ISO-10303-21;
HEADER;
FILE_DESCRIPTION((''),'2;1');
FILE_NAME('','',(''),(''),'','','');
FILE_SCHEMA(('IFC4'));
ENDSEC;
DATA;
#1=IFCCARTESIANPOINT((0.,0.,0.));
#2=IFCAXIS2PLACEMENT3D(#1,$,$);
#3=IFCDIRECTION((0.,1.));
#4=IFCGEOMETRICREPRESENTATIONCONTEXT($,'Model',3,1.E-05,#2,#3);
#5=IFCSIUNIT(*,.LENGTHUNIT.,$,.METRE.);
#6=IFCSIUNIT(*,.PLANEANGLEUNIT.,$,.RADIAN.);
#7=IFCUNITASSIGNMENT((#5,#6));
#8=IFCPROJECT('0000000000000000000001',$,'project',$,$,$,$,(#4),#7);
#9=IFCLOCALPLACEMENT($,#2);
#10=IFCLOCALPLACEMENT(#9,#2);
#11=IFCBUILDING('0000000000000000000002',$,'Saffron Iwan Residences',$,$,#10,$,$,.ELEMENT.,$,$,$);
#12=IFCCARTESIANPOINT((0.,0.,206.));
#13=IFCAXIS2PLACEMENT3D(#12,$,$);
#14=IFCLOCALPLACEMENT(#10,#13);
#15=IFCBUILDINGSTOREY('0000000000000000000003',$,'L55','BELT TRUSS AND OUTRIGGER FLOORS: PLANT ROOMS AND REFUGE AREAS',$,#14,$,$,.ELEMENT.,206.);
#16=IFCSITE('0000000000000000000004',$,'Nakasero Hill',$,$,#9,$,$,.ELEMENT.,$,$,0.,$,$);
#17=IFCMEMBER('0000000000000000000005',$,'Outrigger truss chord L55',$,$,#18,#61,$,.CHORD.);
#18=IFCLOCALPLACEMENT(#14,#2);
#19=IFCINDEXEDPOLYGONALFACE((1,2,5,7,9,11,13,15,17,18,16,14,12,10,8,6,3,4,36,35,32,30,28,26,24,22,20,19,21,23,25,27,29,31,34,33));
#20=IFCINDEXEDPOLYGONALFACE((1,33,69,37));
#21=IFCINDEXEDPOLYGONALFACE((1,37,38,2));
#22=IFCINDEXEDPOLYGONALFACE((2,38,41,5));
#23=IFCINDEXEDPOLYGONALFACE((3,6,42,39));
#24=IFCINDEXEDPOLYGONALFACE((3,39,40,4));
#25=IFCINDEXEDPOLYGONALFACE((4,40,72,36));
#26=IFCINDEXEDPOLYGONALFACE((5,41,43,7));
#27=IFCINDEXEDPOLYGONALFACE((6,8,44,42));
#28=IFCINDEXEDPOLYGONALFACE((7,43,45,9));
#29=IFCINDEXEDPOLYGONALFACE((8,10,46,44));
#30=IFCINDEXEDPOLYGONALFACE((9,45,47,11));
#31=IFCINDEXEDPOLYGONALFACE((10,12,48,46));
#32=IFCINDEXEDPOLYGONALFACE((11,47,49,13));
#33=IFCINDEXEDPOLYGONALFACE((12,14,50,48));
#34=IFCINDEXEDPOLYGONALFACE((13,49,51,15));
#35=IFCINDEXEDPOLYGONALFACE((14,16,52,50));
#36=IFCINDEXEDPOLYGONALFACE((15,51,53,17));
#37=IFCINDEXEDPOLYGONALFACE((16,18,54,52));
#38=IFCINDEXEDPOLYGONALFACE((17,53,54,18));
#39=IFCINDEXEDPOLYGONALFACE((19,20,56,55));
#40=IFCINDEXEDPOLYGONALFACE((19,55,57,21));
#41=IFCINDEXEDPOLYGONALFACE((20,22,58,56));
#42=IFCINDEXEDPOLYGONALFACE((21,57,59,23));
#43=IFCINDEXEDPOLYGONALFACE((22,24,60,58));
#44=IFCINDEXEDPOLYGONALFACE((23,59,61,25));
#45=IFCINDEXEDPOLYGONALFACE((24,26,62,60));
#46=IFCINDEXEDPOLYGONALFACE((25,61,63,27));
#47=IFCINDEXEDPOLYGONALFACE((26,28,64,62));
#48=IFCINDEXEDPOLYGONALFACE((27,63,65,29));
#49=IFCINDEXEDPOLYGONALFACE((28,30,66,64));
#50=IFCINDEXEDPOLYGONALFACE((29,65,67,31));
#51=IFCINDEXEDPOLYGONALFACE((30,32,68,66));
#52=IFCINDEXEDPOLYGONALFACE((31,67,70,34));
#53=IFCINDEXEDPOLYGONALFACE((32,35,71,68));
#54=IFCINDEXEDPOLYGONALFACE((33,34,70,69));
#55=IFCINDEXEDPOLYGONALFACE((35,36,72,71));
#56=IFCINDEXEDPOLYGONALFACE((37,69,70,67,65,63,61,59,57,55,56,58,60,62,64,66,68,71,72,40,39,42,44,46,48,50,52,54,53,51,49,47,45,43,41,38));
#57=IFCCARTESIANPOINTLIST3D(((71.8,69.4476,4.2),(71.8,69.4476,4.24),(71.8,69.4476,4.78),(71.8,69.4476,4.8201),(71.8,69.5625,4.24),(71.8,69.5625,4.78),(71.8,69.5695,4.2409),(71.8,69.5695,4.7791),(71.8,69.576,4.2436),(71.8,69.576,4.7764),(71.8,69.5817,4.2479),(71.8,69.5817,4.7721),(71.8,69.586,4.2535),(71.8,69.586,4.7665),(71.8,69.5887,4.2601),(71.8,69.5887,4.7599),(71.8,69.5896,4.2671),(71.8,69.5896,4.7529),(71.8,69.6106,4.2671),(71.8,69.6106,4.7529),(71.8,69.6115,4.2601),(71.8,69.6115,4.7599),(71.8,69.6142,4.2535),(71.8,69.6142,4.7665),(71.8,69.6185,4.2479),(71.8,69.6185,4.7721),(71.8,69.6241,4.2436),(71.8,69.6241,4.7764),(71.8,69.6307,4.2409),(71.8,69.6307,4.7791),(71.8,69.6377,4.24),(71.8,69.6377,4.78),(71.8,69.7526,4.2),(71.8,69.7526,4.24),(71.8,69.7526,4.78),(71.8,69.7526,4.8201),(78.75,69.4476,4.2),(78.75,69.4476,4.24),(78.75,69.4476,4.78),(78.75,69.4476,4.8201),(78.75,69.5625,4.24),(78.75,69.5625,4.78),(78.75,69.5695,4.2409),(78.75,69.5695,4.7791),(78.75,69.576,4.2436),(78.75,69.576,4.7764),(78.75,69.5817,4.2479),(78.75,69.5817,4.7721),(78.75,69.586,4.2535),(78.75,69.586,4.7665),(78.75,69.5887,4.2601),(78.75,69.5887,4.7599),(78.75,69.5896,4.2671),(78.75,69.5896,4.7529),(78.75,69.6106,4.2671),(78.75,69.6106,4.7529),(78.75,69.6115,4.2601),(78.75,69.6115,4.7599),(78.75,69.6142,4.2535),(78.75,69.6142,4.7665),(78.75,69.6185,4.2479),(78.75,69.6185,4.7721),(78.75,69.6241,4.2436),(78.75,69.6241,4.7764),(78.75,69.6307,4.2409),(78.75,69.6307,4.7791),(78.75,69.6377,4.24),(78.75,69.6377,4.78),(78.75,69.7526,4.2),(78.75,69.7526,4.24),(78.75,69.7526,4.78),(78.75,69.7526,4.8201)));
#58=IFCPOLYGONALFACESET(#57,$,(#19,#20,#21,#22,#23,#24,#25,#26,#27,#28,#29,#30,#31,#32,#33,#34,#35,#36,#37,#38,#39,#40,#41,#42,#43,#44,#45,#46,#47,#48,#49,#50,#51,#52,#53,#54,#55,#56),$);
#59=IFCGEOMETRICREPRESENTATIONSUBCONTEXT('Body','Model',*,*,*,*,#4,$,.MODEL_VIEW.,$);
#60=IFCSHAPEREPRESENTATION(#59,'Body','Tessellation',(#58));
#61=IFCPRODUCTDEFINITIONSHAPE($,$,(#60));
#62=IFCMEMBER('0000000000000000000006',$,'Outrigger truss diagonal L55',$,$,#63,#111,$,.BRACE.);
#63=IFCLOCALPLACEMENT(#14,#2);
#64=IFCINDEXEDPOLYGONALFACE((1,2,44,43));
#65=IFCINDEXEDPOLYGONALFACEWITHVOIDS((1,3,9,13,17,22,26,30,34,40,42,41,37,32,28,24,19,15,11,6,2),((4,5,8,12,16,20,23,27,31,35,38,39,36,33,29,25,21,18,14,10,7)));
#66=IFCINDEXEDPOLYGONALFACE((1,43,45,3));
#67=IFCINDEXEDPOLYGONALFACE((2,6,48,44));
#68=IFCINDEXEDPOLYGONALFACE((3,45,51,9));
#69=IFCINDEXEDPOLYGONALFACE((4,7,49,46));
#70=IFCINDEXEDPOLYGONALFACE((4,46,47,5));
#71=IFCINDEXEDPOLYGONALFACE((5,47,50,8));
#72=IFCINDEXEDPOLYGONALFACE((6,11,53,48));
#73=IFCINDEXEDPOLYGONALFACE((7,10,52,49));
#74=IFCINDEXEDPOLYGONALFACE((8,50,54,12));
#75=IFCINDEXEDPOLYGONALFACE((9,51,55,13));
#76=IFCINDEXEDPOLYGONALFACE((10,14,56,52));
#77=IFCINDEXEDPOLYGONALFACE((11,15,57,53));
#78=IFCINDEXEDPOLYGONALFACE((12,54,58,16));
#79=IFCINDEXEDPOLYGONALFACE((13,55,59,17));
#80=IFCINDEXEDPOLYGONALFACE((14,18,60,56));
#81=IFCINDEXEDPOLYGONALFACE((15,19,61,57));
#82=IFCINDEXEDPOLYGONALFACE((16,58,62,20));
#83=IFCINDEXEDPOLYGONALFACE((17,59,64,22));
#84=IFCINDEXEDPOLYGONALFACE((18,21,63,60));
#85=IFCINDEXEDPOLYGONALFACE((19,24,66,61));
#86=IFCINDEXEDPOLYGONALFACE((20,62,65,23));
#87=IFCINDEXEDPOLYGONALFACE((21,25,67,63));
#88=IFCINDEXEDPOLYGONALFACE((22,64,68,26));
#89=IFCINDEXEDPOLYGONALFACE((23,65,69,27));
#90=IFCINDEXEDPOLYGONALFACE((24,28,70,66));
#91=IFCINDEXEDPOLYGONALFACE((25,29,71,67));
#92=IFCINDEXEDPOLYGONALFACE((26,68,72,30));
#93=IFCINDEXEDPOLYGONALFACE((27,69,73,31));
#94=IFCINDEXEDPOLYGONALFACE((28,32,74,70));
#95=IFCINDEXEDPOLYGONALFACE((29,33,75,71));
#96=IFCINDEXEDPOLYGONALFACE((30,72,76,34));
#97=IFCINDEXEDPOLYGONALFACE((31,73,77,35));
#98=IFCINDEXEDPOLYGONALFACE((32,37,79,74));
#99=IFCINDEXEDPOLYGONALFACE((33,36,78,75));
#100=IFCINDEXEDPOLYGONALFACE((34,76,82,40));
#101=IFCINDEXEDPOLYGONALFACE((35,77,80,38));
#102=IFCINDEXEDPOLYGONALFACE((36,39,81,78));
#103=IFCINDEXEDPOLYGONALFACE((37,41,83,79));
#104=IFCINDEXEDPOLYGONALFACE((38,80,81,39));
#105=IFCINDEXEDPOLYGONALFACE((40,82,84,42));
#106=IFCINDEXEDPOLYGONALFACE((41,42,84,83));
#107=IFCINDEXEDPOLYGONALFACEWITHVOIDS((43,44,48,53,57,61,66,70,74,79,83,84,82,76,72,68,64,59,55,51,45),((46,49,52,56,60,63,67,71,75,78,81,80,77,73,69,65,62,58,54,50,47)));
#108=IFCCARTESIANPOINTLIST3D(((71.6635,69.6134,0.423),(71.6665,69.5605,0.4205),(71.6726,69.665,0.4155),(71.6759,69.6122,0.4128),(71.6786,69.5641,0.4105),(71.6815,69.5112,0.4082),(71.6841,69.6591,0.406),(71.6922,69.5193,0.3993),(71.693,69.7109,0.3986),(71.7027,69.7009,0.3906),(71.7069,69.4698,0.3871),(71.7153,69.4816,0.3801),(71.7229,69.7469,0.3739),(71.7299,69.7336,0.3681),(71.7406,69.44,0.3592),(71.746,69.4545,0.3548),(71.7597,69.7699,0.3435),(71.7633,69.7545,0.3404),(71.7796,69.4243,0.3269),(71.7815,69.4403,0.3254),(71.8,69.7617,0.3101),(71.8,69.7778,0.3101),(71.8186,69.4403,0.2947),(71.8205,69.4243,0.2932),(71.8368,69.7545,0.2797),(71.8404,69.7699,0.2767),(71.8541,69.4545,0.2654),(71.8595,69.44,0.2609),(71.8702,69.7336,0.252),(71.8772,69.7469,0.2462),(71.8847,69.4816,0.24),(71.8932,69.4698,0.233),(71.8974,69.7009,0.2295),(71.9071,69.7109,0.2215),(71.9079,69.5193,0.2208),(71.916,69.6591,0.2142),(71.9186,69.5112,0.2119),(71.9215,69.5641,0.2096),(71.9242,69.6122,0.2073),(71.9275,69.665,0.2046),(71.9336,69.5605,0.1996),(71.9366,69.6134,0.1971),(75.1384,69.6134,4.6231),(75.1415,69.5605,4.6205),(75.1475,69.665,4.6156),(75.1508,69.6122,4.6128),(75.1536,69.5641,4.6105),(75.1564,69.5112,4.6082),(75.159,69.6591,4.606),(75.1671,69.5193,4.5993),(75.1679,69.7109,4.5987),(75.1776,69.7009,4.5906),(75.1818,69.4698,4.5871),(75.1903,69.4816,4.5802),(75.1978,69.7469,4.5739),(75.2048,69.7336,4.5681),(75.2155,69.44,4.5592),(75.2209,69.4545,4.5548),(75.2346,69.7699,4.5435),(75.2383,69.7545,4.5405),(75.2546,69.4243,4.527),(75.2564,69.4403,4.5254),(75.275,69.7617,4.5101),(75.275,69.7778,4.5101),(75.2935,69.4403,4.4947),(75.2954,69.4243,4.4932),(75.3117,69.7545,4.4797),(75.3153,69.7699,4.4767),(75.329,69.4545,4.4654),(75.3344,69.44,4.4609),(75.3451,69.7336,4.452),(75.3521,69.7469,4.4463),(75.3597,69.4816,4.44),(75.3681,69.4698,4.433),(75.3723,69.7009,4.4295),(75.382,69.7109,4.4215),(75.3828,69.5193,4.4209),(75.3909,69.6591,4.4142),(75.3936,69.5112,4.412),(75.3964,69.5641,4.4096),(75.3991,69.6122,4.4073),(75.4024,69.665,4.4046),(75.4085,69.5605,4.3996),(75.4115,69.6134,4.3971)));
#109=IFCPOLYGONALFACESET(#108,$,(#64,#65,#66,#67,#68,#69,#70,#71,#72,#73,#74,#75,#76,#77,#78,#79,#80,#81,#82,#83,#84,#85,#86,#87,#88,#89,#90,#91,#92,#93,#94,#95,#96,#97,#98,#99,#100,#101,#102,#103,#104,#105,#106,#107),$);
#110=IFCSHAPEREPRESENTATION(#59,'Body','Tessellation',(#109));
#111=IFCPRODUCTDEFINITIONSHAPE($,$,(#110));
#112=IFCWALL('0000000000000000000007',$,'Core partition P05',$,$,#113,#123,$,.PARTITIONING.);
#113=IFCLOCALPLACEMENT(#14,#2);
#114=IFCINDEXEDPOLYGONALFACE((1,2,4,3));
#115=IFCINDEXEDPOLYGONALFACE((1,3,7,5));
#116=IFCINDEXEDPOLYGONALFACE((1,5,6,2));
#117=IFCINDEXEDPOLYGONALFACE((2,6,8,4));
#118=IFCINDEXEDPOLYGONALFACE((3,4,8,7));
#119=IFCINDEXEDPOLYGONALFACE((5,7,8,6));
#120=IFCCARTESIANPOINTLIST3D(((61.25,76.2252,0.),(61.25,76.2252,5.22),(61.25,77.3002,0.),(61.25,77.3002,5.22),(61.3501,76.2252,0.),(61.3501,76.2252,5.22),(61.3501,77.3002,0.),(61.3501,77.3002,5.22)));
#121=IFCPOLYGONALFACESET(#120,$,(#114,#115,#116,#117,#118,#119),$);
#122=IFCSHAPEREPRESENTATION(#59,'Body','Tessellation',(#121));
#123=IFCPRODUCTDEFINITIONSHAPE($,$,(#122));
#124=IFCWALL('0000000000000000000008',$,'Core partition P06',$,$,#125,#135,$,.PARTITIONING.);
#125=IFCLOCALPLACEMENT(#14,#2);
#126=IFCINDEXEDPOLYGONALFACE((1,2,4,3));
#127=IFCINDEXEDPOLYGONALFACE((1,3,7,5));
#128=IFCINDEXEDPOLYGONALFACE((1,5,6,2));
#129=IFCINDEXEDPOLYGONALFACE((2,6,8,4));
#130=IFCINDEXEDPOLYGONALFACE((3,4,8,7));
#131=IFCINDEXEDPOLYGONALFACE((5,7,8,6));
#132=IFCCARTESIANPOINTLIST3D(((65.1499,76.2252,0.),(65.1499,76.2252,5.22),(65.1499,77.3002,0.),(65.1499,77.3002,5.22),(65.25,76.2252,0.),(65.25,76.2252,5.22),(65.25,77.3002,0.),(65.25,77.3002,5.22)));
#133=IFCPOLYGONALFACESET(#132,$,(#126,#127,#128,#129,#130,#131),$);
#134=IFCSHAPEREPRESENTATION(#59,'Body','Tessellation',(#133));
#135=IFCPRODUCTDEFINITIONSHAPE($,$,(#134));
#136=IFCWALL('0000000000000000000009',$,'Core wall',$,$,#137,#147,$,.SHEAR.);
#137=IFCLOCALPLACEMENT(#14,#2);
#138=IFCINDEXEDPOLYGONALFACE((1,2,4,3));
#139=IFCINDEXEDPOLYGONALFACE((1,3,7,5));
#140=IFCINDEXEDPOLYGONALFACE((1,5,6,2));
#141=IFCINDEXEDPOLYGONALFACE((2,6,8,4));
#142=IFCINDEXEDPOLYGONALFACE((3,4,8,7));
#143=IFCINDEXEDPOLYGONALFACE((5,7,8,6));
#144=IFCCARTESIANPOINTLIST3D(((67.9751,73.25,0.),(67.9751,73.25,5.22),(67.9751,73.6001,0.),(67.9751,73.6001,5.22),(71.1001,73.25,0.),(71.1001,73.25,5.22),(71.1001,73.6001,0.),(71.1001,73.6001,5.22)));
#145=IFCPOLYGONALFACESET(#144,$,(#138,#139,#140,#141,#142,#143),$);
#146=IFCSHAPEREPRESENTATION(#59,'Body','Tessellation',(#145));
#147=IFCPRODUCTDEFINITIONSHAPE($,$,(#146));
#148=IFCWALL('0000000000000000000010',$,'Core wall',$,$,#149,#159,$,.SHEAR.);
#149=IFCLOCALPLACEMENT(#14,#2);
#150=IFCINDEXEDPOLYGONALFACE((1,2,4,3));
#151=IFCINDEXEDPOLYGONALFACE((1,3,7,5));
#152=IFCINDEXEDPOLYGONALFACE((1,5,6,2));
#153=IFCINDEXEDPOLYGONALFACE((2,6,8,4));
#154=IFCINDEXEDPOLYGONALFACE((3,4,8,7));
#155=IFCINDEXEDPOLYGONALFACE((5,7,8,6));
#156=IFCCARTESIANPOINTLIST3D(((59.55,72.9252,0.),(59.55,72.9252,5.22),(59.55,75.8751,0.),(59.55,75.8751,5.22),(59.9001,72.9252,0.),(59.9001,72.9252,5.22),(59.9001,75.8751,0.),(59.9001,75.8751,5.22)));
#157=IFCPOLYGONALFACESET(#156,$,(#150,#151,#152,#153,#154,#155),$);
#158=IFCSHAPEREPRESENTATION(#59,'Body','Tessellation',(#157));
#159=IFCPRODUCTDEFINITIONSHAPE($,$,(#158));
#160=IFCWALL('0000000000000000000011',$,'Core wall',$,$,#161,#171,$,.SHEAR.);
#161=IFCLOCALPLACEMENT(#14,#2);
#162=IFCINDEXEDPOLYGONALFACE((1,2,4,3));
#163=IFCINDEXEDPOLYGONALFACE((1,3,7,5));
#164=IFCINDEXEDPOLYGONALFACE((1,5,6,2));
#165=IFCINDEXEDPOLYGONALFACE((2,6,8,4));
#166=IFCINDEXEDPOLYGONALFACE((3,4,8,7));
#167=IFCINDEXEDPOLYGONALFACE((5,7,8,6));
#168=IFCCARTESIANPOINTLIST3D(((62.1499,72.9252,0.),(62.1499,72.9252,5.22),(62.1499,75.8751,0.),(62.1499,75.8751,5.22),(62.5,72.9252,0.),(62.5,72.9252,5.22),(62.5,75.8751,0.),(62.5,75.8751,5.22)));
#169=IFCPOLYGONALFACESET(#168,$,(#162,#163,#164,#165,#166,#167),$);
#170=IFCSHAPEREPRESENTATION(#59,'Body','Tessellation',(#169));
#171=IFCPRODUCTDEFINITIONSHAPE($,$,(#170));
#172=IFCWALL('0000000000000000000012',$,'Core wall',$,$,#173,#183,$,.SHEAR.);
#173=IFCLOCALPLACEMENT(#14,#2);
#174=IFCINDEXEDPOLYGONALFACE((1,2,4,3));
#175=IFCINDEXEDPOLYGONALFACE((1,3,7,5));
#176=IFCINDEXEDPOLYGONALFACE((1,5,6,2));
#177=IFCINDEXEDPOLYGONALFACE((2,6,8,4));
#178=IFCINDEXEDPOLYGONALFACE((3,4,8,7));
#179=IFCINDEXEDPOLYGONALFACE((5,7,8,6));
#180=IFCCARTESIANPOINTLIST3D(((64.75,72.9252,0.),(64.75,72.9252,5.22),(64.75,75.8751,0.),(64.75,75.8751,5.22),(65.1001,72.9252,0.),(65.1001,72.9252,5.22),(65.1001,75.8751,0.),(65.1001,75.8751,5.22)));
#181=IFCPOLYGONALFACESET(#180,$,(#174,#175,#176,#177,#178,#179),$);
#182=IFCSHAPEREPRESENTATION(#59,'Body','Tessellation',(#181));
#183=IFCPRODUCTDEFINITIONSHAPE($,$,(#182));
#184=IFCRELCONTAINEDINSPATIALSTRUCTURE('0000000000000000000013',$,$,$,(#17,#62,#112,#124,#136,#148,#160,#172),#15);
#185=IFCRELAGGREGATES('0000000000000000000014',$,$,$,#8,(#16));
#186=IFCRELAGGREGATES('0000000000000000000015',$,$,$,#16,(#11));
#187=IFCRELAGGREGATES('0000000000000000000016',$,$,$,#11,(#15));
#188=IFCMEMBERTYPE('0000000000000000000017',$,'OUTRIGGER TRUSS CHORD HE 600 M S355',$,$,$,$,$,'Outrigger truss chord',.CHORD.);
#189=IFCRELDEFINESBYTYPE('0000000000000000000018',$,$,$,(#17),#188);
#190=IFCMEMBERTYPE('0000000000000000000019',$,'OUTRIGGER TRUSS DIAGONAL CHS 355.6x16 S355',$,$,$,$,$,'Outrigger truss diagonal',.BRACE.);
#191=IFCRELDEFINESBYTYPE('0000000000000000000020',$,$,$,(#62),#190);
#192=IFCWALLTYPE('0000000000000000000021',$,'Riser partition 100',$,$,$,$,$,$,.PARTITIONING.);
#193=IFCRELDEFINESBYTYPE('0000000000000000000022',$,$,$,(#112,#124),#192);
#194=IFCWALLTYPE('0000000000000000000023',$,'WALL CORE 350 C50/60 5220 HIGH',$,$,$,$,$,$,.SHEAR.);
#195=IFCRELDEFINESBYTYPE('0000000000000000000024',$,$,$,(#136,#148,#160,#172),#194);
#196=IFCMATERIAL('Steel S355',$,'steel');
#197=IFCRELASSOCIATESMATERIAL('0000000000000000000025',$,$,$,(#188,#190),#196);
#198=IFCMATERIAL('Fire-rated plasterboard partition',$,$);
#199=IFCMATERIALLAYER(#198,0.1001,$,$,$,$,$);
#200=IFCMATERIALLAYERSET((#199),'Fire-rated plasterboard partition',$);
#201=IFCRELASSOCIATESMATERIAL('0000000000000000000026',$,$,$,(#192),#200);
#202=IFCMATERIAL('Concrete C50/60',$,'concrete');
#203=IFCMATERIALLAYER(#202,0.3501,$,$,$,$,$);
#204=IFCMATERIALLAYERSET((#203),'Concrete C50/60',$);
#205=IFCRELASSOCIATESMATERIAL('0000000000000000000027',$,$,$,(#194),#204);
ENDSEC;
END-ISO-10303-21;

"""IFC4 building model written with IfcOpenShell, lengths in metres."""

from ifc_helpers import new_model, si_unit, direction, frame, frame_2d, origin, origin_2d, place, context, subcontext, project, spatial, rectangle, hollow_circle, i_section, extrude, source, transform, mapped, material, layer, layer_set, material_profile, profile_set, type_object, element, save


model = new_model("IFC4")

# Units and contexts
model_context = context("Model", 3, precision=1e-05, world=origin(), true_north=direction((0.0, 1.0)))
body_context = subcontext(model_context, "Body", "Model", "MODEL_VIEW")
ifc_project = project(units=[si_unit("LENGTHUNIT", "METRE"), si_unit("PLANEANGLEUNIT", "RADIAN")], contexts=[model_context])

# Site, building, storey
site_placement = place(None, origin())
site = spatial("IfcSite", under=ifc_project, at=site_placement, Name="Nakasero Hill", CompositionType="ELEMENT", RefElevation=0.0)
building_placement = place(site_placement, origin())
building = spatial("IfcBuilding", under=site, at=building_placement, Name="Saffron Iwan Residences", CompositionType="ELEMENT")
storey_placement = place(building_placement, frame((0.0, 0.0, 206.0)))
storey = spatial("IfcBuildingStorey", under=building, at=storey_placement, Name="L55", Description="BELT TRUSS AND OUTRIGGER FLOORS: PLANT ROOMS AND REFUGE AREAS", CompositionType="ELEMENT", Elevation=206.0)

# Shared definitions
ifc_material_1 = material(Name="Concrete C50/60", Category="concrete")

# Members
ifc_material_2 = material(Name="Steel S355", Category="steel")
ifc_material_profile_1 = material_profile(ifc_material_2, i_section(OverallWidth=0.3049, OverallDepth=0.6201, WebThickness=0.021, FlangeThickness=0.04, FilletRadius=0.0271, at=origin_2d()), Name="HE 600 M")
ifc_profile_set_1 = profile_set([ifc_material_profile_1], Name="Steel S355")
member_type_1 = type_object("IfcMemberType", Name="OUTRIGGER TRUSS CHORD HE 600 M S355", ElementType="Outrigger truss chord", PredefinedType="CHORD", material=ifc_profile_set_1)
shared_shape_1 = source(origin(), body_context, "Body", "SweptSolid", [
    extrude(i_section(OverallWidth=0.3049, OverallDepth=0.6201, WebThickness=0.021, FlangeThickness=0.04, FilletRadius=0.0271, at=origin_2d()), origin(), (0.0, 0.0, 1.0), 6.95),
])
for number, where, z_axis, x_axis, name in (
    (1, (71.8, 69.6001, 4.51), (1.0, 0.0, 0.0), (0.0, 1.0, 0.0), "Outrigger truss chord L55"),
):
    element("IfcMember", number, at=place(storey_placement, frame(where, z_axis=z_axis, x_axis=x_axis)), inside=storey, type_object=member_type_1, Name=name, PredefinedType="CHORD", context=body_context, shape_type="MappedRepresentation", body=[
        mapped(shared_shape_1, transform((0.0, 0.0, 0.0))),
    ])
ifc_material_profile_2 = material_profile(ifc_material_2, hollow_circle(Radius=0.1777, WallThickness=0.0161, at=origin_2d()), Name="CHS 355.6x16")
ifc_profile_set_2 = profile_set([ifc_material_profile_2], Name="Steel S355")
member_type_2 = type_object("IfcMemberType", Name="OUTRIGGER TRUSS DIAGONAL CHS 355.6x16 S355", ElementType="Outrigger truss diagonal", PredefinedType="BRACE", material=ifc_profile_set_2)
shared_shape_2 = source(origin(), body_context, "Body", "SweptSolid", [
    extrude(hollow_circle(Radius=0.1777, WallThickness=0.0161, at=origin_2d()), origin(), (0.0, 0.0, 1.0), 5.4512),
])
member_1_placement = place(storey_placement, frame((71.8, 69.6001, 0.3101), z_axis=(0.637462, 0.0, 0.770482), x_axis=(0.0, 1.0, 0.0)))
element("IfcMember", 2, at=member_1_placement, inside=storey, type_object=member_type_2, Name="Outrigger truss diagonal L55", PredefinedType="BRACE", context=body_context, shape_type="MappedRepresentation", body=[
    mapped(shared_shape_2, transform((0.0, 0.0, 0.0))),
])

# Walls
ifc_material_3 = material(Name="Fire-rated plasterboard partition")
ifc_layer_1 = layer(ifc_material_3, 0.1001)
ifc_layer_set_1 = layer_set([ifc_layer_1], Name="Fire-rated plasterboard partition")
wall_type_1 = type_object("IfcWallType", Name="Riser partition 100", PredefinedType="PARTITIONING", material=ifc_layer_set_1)
for number, where, z_axis, x_axis, name in (
    (3, (61.3, 76.2251, 0.0), (0.0, 0.0, 1.0), (0.0, 1.0, 0.0), "Core partition P05"),
    (4, (65.2, 76.2251, 0.0), (0.0, 0.0, 1.0), (0.0, 1.0, 0.0), "Core partition P06"),
):
    element("IfcWall", number, at=place(storey_placement, frame(where, z_axis=z_axis, x_axis=x_axis)), inside=storey, type_object=wall_type_1, Name=name, PredefinedType="PARTITIONING", context=body_context, shape_type="SweptSolid", body=[
        extrude(rectangle(XDim=1.075, YDim=0.1001, at=frame_2d((0.5376, 0.0))), origin(), (0.0, 0.0, 1.0), 5.22),
    ])
ifc_layer_2 = layer(ifc_material_1, 0.3501)
ifc_layer_set_2 = layer_set([ifc_layer_2], Name="Concrete C50/60")
wall_type_2 = type_object("IfcWallType", Name="WALL CORE 350 C50/60 5220 HIGH", PredefinedType="SHEAR", material=ifc_layer_set_2)
wall_placement = place(storey_placement, frame((67.9751, 73.425, 0.0), z_axis=(0.0, 0.0, 1.0), x_axis=(1.0, 0.0, 0.0)))
element("IfcWall", 5, at=wall_placement, inside=storey, type_object=wall_type_2, Name="Core wall", PredefinedType="SHEAR", context=body_context, shape_type="SweptSolid", body=[
    extrude(rectangle(XDim=3.125, YDim=0.3501, at=frame_2d((1.5625, 0.0))), origin(), (0.0, 0.0, 1.0), 5.22),
])
for number, where, z_axis, x_axis, name in (
    (6, (59.7251, 72.925, 0.0), (0.0, 0.0, 1.0), (0.0, 1.0, 0.0), "Core wall"),
    (7, (62.325, 72.925, 0.0), (0.0, 0.0, 1.0), (0.0, 1.0, 0.0), "Core wall"),
    (8, (64.925, 72.925, 0.0), (0.0, 0.0, 1.0), (0.0, 1.0, 0.0), "Core wall"),
):
    element("IfcWall", number, at=place(storey_placement, frame(where, z_axis=z_axis, x_axis=x_axis)), inside=storey, type_object=wall_type_2, Name=name, PredefinedType="SHEAR", context=body_context, shape_type="SweptSolid", body=[
        extrude(rectangle(XDim=2.95, YDim=0.3501, at=frame_2d((1.4751, 0.0))), origin(), (0.0, 0.0, 1.0), 5.22),
    ])

save(model, "model.ifc")
